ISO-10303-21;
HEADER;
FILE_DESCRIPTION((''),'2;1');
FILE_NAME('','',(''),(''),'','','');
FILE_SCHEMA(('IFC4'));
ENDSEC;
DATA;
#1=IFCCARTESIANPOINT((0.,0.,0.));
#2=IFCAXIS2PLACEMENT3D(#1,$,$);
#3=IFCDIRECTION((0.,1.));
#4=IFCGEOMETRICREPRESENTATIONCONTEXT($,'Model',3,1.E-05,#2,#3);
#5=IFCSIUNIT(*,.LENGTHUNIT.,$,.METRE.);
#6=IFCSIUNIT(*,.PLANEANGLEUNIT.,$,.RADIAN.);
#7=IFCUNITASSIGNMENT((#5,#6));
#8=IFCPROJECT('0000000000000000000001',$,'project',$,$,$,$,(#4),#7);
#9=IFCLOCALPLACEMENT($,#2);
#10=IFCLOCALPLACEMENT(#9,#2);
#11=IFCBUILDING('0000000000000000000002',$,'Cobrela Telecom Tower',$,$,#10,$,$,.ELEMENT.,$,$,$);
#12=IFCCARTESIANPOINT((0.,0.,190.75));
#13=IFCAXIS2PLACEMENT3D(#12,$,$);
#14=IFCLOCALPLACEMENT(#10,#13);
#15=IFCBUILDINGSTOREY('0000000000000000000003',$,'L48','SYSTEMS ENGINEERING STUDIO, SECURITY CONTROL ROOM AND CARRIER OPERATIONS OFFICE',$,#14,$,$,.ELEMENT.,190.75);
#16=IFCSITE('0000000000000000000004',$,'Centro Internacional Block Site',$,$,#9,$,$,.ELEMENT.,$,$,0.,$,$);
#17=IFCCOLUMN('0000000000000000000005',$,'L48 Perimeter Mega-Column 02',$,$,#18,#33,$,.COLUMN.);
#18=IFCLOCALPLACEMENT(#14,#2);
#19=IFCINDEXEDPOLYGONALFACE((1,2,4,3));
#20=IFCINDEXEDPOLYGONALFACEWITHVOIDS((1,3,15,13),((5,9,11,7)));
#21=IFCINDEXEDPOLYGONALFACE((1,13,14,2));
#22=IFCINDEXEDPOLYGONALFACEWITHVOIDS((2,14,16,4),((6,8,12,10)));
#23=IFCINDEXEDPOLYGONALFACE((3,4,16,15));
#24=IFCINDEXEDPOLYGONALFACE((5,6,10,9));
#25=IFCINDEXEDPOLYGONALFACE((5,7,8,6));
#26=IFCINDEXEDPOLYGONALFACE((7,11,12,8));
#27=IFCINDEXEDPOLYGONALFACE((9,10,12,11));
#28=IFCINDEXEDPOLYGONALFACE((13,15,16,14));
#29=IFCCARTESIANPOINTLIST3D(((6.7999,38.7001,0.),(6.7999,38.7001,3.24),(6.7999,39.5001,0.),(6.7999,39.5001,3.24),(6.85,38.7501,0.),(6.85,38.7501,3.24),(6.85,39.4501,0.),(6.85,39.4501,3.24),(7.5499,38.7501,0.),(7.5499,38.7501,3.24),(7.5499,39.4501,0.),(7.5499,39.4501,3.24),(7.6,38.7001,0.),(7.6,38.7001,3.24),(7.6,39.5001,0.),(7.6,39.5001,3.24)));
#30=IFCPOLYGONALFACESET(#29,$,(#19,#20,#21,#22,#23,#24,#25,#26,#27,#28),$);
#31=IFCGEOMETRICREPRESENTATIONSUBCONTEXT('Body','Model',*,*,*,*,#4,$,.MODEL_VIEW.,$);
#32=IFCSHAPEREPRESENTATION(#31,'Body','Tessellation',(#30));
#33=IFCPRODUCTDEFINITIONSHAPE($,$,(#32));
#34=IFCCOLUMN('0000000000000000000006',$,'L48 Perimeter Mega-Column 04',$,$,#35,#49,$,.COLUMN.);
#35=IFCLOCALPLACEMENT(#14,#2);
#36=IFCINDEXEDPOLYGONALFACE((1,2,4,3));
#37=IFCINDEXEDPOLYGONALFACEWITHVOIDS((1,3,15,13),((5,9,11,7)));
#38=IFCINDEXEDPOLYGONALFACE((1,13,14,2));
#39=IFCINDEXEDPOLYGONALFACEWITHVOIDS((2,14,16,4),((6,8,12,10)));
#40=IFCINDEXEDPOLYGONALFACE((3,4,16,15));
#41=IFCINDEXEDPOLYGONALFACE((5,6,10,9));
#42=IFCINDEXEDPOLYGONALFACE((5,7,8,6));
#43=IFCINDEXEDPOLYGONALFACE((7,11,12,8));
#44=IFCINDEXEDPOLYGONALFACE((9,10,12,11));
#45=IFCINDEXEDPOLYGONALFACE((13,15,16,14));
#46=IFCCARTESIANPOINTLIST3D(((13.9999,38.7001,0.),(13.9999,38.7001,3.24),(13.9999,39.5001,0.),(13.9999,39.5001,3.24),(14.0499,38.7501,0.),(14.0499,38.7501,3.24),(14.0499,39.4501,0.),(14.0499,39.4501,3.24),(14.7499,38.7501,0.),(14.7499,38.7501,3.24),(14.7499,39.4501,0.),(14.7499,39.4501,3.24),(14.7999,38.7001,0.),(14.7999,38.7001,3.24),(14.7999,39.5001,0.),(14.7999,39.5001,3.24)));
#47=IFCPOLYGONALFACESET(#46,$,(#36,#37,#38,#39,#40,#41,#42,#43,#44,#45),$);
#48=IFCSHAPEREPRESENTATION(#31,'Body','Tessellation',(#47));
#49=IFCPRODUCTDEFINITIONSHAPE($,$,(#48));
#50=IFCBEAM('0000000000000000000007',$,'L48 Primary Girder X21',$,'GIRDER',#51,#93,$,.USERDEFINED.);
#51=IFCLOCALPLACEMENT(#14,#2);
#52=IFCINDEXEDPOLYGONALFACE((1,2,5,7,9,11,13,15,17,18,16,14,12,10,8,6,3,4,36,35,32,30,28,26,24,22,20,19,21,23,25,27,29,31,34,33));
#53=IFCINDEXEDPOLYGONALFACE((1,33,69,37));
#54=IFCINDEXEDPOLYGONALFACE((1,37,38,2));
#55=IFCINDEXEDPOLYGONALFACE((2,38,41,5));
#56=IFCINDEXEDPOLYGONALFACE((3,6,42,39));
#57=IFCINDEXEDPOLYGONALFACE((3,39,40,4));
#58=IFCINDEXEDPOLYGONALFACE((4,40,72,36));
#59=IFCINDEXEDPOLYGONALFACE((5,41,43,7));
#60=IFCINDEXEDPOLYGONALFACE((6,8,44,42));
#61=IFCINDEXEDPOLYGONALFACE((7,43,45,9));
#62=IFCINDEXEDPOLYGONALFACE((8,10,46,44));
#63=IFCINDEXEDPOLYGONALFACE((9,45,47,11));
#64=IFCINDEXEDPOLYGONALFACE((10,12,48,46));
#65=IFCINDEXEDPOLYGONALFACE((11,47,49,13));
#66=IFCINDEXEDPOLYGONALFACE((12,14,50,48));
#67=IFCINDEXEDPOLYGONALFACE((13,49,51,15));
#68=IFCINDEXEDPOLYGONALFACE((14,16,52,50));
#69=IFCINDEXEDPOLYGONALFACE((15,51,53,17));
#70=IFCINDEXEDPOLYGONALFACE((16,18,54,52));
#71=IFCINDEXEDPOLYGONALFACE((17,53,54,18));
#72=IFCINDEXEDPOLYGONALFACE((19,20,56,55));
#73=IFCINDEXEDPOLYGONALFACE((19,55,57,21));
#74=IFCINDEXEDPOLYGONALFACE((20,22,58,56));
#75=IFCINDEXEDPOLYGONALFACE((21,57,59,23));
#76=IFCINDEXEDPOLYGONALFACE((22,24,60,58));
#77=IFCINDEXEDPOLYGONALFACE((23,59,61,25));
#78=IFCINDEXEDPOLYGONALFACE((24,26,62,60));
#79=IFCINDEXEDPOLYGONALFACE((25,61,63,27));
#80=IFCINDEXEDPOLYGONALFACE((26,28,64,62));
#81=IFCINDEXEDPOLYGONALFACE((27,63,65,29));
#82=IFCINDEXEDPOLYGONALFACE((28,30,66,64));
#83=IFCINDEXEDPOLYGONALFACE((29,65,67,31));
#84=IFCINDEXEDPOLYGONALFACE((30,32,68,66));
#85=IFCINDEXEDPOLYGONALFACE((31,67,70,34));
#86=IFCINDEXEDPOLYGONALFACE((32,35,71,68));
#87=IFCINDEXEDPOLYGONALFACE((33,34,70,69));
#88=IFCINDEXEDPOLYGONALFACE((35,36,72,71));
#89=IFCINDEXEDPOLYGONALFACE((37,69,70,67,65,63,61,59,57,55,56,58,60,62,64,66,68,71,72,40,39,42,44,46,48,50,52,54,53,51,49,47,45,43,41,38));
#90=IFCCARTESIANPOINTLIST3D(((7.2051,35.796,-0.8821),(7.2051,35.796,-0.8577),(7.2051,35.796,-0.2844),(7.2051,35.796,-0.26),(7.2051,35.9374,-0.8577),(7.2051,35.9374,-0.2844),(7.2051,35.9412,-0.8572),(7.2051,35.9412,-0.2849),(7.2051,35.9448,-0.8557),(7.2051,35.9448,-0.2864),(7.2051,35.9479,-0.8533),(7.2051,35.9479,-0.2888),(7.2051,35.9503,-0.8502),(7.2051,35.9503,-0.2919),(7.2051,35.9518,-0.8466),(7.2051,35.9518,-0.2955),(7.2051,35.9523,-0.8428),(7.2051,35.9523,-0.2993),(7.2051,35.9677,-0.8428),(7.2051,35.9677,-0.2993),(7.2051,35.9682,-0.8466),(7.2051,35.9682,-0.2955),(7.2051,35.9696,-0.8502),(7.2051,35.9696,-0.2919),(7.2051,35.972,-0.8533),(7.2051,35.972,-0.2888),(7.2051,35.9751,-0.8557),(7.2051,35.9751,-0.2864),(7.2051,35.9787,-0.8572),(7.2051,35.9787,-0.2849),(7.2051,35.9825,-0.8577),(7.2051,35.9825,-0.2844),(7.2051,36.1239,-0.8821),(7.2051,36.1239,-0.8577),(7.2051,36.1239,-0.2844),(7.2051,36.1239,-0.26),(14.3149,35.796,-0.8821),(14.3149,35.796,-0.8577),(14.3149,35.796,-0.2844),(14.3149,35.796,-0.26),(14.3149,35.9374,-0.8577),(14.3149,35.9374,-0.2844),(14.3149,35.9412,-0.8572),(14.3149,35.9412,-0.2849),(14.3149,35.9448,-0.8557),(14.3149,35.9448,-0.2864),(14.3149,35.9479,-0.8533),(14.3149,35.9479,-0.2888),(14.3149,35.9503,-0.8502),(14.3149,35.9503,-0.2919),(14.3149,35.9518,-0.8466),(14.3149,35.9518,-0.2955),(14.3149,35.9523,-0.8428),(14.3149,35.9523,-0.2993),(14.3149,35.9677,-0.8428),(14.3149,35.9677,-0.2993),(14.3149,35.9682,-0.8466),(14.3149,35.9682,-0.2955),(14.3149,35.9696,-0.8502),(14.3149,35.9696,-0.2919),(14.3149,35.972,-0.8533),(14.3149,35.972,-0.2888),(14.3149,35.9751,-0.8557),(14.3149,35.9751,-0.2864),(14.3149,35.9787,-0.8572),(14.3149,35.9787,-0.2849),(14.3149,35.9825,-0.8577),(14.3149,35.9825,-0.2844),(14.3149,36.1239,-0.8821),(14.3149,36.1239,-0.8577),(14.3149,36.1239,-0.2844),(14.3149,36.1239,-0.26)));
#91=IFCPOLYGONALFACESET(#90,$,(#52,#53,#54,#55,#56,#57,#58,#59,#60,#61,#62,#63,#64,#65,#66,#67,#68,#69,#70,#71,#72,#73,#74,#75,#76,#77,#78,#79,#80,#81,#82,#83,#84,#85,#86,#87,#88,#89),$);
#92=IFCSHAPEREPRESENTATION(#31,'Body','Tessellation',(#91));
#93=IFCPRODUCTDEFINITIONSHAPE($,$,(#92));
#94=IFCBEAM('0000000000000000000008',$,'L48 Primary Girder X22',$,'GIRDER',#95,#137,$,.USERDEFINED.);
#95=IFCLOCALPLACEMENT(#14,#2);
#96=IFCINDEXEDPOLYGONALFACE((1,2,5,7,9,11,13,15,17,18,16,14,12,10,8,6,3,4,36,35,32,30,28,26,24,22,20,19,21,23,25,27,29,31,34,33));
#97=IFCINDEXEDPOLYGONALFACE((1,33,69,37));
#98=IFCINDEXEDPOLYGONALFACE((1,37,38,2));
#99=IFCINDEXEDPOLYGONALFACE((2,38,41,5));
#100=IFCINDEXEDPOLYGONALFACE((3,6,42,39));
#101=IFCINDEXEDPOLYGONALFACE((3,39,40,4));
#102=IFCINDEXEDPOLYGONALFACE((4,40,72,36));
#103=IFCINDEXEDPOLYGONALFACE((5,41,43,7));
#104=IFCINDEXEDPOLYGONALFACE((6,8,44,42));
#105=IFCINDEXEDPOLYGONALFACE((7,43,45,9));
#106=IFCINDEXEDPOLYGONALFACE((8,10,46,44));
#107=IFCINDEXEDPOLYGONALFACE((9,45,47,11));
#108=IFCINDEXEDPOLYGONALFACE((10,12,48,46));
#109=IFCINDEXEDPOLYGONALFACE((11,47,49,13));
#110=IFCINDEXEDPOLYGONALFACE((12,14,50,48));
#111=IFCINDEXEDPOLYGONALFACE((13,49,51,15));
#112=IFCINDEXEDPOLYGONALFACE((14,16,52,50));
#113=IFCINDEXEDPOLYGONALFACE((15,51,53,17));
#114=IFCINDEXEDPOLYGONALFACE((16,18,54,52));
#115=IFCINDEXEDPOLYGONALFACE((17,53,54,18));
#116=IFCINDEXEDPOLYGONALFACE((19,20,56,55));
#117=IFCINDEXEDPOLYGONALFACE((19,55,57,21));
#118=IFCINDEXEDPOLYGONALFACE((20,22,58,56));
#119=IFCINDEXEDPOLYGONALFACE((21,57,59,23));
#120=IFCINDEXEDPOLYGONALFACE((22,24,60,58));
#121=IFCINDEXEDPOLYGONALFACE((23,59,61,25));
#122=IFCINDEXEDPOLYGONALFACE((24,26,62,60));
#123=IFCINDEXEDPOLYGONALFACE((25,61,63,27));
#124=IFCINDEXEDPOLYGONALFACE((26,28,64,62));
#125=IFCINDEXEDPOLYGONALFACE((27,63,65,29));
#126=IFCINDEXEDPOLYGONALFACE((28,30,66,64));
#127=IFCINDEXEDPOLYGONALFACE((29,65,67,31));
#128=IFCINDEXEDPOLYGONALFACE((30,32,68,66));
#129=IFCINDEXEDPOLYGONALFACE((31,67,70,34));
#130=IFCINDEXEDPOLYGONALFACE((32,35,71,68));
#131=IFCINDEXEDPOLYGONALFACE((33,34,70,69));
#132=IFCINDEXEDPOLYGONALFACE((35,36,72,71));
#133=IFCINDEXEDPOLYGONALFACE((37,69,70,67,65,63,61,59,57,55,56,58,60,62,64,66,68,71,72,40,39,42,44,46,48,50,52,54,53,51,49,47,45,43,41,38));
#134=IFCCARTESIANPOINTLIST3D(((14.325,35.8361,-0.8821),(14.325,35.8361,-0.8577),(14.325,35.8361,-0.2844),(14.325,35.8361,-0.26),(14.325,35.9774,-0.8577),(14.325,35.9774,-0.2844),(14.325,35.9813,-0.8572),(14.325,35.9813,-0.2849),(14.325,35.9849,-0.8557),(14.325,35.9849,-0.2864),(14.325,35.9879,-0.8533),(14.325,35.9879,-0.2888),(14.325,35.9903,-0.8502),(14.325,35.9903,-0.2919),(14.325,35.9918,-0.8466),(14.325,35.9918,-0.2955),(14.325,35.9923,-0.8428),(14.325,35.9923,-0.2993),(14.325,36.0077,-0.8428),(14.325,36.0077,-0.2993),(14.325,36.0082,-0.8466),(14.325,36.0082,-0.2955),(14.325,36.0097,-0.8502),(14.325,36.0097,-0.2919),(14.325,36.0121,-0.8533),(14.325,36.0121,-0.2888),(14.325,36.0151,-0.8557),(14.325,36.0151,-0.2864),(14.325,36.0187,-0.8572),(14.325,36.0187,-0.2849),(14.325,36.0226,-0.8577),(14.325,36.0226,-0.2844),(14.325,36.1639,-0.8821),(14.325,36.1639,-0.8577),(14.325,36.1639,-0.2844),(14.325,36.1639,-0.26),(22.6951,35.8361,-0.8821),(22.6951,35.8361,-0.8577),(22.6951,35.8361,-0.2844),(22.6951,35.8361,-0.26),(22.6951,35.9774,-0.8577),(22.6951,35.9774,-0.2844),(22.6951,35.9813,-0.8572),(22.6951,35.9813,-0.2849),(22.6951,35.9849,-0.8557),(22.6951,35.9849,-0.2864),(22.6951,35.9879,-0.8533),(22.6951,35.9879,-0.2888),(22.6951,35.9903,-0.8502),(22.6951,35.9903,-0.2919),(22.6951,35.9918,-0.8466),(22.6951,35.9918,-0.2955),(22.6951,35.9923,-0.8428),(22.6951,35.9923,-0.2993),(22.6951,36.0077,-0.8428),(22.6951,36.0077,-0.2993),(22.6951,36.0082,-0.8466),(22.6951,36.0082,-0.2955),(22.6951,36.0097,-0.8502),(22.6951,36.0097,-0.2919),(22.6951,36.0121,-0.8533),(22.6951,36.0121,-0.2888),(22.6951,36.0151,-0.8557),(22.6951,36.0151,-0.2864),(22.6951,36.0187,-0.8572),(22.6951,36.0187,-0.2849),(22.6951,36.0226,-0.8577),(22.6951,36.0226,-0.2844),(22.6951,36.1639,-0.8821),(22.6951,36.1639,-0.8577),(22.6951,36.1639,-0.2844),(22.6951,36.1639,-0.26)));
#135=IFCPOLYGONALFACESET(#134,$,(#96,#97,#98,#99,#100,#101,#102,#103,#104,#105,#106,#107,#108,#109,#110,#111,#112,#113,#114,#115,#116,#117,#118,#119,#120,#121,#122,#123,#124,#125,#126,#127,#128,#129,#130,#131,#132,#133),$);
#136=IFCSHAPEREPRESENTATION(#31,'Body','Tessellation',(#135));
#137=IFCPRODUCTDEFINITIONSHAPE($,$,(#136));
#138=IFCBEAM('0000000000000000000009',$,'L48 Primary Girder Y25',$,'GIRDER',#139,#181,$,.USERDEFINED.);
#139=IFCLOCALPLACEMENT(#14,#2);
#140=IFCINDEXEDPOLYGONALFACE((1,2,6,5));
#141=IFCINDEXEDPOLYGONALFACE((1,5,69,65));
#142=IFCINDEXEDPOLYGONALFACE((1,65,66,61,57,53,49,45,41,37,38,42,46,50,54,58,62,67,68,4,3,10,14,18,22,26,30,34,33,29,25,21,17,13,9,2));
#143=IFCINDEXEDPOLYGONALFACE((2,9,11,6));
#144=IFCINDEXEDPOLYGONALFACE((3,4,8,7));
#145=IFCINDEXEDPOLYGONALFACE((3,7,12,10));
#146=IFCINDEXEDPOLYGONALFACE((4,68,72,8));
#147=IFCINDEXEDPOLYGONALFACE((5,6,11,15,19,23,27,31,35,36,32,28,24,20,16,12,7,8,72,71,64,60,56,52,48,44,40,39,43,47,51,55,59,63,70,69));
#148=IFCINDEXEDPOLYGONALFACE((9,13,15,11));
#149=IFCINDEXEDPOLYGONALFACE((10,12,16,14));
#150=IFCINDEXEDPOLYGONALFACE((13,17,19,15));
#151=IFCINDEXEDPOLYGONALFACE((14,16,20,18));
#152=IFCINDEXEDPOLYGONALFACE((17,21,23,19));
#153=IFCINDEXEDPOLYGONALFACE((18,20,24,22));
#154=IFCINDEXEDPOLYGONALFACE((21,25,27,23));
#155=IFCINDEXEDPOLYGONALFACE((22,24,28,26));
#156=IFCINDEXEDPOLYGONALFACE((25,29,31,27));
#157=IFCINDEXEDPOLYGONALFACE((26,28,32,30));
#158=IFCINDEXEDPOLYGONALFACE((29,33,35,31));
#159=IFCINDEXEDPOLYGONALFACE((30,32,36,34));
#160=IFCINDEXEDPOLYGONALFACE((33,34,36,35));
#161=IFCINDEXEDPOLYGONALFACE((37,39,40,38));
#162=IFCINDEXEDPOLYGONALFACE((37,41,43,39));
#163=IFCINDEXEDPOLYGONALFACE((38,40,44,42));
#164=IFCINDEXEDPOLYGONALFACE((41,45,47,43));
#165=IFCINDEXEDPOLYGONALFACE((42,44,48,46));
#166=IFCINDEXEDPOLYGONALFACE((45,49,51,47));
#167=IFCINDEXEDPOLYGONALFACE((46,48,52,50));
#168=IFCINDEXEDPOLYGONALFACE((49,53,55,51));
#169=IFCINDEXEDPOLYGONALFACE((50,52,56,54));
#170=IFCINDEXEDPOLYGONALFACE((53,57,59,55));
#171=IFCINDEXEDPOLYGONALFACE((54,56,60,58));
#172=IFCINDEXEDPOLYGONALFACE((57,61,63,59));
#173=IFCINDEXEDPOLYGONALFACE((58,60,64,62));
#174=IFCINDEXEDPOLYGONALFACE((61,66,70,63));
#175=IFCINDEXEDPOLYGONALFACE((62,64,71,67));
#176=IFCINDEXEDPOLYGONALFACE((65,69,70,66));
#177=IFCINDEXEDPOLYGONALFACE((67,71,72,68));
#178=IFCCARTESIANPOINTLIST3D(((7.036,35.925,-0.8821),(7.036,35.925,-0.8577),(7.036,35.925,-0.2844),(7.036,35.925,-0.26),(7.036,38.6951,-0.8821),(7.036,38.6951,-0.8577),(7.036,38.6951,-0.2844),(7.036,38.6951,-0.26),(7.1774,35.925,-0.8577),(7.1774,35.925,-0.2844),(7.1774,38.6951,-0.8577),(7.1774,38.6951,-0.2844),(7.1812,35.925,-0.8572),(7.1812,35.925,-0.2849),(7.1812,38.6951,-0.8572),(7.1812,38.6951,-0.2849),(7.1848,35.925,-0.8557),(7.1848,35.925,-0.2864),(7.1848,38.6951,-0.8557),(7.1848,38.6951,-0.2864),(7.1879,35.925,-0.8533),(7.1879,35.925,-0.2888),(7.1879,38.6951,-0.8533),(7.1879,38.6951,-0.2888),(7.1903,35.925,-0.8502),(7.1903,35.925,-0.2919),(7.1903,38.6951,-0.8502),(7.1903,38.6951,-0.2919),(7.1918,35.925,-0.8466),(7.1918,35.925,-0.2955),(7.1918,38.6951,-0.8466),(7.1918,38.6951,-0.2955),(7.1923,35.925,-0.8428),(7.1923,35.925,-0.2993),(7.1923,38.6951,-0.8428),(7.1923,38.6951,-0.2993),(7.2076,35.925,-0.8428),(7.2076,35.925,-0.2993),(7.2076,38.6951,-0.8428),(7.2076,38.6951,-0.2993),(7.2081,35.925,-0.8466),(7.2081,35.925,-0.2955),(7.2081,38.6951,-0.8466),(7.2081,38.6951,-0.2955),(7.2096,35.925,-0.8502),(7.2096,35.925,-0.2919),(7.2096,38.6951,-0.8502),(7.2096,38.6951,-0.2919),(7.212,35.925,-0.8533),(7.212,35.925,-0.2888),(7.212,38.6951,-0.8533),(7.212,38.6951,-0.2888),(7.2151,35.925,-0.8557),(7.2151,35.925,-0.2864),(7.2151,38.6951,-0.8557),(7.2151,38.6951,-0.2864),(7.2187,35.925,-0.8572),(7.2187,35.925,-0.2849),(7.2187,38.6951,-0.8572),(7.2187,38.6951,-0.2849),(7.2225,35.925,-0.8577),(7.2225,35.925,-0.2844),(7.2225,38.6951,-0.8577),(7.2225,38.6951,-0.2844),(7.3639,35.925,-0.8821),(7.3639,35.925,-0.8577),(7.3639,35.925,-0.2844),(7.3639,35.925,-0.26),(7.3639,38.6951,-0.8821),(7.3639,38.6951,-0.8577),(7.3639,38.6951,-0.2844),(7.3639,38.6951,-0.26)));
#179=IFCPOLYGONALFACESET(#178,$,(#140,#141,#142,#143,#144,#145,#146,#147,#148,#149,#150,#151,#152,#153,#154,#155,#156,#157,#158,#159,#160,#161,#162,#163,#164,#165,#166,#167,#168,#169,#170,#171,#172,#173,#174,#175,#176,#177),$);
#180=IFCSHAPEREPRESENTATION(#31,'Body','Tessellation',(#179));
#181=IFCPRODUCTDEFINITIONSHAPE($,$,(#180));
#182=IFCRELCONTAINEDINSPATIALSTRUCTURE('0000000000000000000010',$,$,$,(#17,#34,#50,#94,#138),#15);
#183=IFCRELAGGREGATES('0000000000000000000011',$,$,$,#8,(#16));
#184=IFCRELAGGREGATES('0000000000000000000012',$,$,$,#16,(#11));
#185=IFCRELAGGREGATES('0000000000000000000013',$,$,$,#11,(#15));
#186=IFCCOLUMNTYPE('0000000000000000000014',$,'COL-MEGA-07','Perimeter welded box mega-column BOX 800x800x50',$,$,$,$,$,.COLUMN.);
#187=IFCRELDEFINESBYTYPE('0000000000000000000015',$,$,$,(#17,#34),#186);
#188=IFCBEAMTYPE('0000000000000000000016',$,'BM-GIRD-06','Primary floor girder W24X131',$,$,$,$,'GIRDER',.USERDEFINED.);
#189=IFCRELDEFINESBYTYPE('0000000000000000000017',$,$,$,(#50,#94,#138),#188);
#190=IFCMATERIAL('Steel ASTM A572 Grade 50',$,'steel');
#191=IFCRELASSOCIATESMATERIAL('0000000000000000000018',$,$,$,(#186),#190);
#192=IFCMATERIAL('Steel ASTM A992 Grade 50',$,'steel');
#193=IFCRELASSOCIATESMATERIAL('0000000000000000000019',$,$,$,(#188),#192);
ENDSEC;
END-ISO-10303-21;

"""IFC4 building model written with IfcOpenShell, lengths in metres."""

from ifc_helpers import new_model, si_unit, direction, frame, origin, origin_2d, place, context, subcontext, project, spatial, hollow_rectangle, i_section, extrude, material, material_profile, profile_set, type_object, element, save


model = new_model("IFC4")

# Units and contexts
model_context = context("Model", 3, precision=1e-05, world=origin(), true_north=direction((0.0, 1.0)))
body_context = subcontext(model_context, "Body", "Model", "MODEL_VIEW")
ifc_project = project(units=[si_unit("LENGTHUNIT", "METRE"), si_unit("PLANEANGLEUNIT", "RADIAN")], contexts=[model_context])

# Site, building, storey
site_placement = place(None, origin())
site = spatial("IfcSite", under=ifc_project, at=site_placement, Name="Centro Internacional Block Site", CompositionType="ELEMENT", RefElevation=0.0)
building_placement = place(site_placement, origin())
building = spatial("IfcBuilding", under=site, at=building_placement, Name="Cobrela Telecom Tower", CompositionType="ELEMENT")
storey_placement = place(building_placement, frame((0.0, 0.0, 190.75)))
storey = spatial("IfcBuildingStorey", under=building, at=storey_placement, Name="L48", Description="SYSTEMS ENGINEERING STUDIO, SECURITY CONTROL ROOM AND CARRIER OPERATIONS OFFICE", CompositionType="ELEMENT", Elevation=190.75)

# Columns
ifc_material_1 = material(Name="Steel ASTM A572 Grade 50", Category="steel")
ifc_material_profile_1 = material_profile(ifc_material_1, hollow_rectangle(XDim=0.8, YDim=0.8, WallThickness=0.05, at=origin_2d()), Name="BOX 800x800x50")
ifc_profile_set_1 = profile_set([ifc_material_profile_1], Name="Steel ASTM A572 Grade 50")
column_type = type_object("IfcColumnType", Name="COL-MEGA-07", Description="Perimeter welded box mega-column BOX 800x800x50", PredefinedType="COLUMN", material=ifc_profile_set_1)
for number, where, z_axis, x_axis, name in (
    (1, (7.2, 39.1001, 0.0), (0.0, 0.0, 1.0), (1.0, 0.0, 0.0), "L48 Perimeter Mega-Column 02"),
    (2, (14.3999, 39.1001, 0.0), (0.0, 0.0, 1.0), (1.0, 0.0, 0.0), "L48 Perimeter Mega-Column 04"),
):
    element("IfcColumn", number, at=place(storey_placement, frame(where, z_axis=z_axis, x_axis=x_axis)), inside=storey, type_object=column_type, Name=name, PredefinedType="COLUMN", context=body_context, shape_type="SweptSolid", body=[
        extrude(hollow_rectangle(XDim=0.8, YDim=0.8, WallThickness=0.05, at=origin_2d()), origin(), (0.0, 0.0, 1.0), 3.24),
    ])

# Beams
ifc_material_2 = material(Name="Steel ASTM A992 Grade 50", Category="steel")
ifc_material_profile_2 = material_profile(ifc_material_2, i_section(OverallWidth=0.3279, OverallDepth=0.6221, WebThickness=0.0154, FlangeThickness=0.0244, FilletRadius=0.0149, at=origin_2d()), Name="W24X131")
ifc_profile_set_2 = profile_set([ifc_material_profile_2], Name="Steel ASTM A992 Grade 50")
beam_type_1 = type_object("IfcBeamType", Name="BM-GIRD-06", Description="Primary floor girder W24X131", ElementType="GIRDER", PredefinedType="USERDEFINED", material=ifc_profile_set_2)
beam_1_placement = place(storey_placement, frame((7.2051, 35.96, -0.571), z_axis=(1.0, 0.0, 0.0), x_axis=(0.0, 1.0, 0.0)))
element("IfcBeam", 3, at=beam_1_placement, inside=storey, type_object=beam_type_1, Name="L48 Primary Girder X21", ObjectType="GIRDER", PredefinedType="USERDEFINED", context=body_context, shape_type="SweptSolid", body=[
    extrude(i_section(OverallWidth=0.3279, OverallDepth=0.6221, WebThickness=0.0154, FlangeThickness=0.0244, FilletRadius=0.0149, at=origin_2d()), origin(), (0.0, 0.0, 1.0), 7.1099),
])
beam_2_placement = place(storey_placement, frame((14.325, 36.0, -0.571), z_axis=(1.0, 0.0, 0.0), x_axis=(0.0, 1.0, 0.0)))
element("IfcBeam", 4, at=beam_2_placement, inside=storey, type_object=beam_type_1, Name="L48 Primary Girder X22", ObjectType="GIRDER", PredefinedType="USERDEFINED", context=body_context, shape_type="SweptSolid", body=[
    extrude(i_section(OverallWidth=0.3279, OverallDepth=0.6221, WebThickness=0.0154, FlangeThickness=0.0244, FilletRadius=0.0149, at=origin_2d()), origin(), (0.0, 0.0, 1.0), 8.3701),
])
for number, where, z_axis, x_axis, name in (
    (5, (7.2, 35.925, -0.571), (0.0, 1.0, 0.0), (-1.0, 0.0, 0.0), "L48 Primary Girder Y25"),
):
    element("IfcBeam", number, at=place(storey_placement, frame(where, z_axis=z_axis, x_axis=x_axis)), inside=storey, type_object=beam_type_1, Name=name, ObjectType="GIRDER", PredefinedType="USERDEFINED", context=body_context, shape_type="SweptSolid", body=[
        extrude(i_section(OverallWidth=0.3279, OverallDepth=0.6221, WebThickness=0.0154, FlangeThickness=0.0244, FilletRadius=0.0149, at=origin_2d()), origin(), (0.0, 0.0, 1.0), 2.77),
    ])

save(model, "model.ifc")
